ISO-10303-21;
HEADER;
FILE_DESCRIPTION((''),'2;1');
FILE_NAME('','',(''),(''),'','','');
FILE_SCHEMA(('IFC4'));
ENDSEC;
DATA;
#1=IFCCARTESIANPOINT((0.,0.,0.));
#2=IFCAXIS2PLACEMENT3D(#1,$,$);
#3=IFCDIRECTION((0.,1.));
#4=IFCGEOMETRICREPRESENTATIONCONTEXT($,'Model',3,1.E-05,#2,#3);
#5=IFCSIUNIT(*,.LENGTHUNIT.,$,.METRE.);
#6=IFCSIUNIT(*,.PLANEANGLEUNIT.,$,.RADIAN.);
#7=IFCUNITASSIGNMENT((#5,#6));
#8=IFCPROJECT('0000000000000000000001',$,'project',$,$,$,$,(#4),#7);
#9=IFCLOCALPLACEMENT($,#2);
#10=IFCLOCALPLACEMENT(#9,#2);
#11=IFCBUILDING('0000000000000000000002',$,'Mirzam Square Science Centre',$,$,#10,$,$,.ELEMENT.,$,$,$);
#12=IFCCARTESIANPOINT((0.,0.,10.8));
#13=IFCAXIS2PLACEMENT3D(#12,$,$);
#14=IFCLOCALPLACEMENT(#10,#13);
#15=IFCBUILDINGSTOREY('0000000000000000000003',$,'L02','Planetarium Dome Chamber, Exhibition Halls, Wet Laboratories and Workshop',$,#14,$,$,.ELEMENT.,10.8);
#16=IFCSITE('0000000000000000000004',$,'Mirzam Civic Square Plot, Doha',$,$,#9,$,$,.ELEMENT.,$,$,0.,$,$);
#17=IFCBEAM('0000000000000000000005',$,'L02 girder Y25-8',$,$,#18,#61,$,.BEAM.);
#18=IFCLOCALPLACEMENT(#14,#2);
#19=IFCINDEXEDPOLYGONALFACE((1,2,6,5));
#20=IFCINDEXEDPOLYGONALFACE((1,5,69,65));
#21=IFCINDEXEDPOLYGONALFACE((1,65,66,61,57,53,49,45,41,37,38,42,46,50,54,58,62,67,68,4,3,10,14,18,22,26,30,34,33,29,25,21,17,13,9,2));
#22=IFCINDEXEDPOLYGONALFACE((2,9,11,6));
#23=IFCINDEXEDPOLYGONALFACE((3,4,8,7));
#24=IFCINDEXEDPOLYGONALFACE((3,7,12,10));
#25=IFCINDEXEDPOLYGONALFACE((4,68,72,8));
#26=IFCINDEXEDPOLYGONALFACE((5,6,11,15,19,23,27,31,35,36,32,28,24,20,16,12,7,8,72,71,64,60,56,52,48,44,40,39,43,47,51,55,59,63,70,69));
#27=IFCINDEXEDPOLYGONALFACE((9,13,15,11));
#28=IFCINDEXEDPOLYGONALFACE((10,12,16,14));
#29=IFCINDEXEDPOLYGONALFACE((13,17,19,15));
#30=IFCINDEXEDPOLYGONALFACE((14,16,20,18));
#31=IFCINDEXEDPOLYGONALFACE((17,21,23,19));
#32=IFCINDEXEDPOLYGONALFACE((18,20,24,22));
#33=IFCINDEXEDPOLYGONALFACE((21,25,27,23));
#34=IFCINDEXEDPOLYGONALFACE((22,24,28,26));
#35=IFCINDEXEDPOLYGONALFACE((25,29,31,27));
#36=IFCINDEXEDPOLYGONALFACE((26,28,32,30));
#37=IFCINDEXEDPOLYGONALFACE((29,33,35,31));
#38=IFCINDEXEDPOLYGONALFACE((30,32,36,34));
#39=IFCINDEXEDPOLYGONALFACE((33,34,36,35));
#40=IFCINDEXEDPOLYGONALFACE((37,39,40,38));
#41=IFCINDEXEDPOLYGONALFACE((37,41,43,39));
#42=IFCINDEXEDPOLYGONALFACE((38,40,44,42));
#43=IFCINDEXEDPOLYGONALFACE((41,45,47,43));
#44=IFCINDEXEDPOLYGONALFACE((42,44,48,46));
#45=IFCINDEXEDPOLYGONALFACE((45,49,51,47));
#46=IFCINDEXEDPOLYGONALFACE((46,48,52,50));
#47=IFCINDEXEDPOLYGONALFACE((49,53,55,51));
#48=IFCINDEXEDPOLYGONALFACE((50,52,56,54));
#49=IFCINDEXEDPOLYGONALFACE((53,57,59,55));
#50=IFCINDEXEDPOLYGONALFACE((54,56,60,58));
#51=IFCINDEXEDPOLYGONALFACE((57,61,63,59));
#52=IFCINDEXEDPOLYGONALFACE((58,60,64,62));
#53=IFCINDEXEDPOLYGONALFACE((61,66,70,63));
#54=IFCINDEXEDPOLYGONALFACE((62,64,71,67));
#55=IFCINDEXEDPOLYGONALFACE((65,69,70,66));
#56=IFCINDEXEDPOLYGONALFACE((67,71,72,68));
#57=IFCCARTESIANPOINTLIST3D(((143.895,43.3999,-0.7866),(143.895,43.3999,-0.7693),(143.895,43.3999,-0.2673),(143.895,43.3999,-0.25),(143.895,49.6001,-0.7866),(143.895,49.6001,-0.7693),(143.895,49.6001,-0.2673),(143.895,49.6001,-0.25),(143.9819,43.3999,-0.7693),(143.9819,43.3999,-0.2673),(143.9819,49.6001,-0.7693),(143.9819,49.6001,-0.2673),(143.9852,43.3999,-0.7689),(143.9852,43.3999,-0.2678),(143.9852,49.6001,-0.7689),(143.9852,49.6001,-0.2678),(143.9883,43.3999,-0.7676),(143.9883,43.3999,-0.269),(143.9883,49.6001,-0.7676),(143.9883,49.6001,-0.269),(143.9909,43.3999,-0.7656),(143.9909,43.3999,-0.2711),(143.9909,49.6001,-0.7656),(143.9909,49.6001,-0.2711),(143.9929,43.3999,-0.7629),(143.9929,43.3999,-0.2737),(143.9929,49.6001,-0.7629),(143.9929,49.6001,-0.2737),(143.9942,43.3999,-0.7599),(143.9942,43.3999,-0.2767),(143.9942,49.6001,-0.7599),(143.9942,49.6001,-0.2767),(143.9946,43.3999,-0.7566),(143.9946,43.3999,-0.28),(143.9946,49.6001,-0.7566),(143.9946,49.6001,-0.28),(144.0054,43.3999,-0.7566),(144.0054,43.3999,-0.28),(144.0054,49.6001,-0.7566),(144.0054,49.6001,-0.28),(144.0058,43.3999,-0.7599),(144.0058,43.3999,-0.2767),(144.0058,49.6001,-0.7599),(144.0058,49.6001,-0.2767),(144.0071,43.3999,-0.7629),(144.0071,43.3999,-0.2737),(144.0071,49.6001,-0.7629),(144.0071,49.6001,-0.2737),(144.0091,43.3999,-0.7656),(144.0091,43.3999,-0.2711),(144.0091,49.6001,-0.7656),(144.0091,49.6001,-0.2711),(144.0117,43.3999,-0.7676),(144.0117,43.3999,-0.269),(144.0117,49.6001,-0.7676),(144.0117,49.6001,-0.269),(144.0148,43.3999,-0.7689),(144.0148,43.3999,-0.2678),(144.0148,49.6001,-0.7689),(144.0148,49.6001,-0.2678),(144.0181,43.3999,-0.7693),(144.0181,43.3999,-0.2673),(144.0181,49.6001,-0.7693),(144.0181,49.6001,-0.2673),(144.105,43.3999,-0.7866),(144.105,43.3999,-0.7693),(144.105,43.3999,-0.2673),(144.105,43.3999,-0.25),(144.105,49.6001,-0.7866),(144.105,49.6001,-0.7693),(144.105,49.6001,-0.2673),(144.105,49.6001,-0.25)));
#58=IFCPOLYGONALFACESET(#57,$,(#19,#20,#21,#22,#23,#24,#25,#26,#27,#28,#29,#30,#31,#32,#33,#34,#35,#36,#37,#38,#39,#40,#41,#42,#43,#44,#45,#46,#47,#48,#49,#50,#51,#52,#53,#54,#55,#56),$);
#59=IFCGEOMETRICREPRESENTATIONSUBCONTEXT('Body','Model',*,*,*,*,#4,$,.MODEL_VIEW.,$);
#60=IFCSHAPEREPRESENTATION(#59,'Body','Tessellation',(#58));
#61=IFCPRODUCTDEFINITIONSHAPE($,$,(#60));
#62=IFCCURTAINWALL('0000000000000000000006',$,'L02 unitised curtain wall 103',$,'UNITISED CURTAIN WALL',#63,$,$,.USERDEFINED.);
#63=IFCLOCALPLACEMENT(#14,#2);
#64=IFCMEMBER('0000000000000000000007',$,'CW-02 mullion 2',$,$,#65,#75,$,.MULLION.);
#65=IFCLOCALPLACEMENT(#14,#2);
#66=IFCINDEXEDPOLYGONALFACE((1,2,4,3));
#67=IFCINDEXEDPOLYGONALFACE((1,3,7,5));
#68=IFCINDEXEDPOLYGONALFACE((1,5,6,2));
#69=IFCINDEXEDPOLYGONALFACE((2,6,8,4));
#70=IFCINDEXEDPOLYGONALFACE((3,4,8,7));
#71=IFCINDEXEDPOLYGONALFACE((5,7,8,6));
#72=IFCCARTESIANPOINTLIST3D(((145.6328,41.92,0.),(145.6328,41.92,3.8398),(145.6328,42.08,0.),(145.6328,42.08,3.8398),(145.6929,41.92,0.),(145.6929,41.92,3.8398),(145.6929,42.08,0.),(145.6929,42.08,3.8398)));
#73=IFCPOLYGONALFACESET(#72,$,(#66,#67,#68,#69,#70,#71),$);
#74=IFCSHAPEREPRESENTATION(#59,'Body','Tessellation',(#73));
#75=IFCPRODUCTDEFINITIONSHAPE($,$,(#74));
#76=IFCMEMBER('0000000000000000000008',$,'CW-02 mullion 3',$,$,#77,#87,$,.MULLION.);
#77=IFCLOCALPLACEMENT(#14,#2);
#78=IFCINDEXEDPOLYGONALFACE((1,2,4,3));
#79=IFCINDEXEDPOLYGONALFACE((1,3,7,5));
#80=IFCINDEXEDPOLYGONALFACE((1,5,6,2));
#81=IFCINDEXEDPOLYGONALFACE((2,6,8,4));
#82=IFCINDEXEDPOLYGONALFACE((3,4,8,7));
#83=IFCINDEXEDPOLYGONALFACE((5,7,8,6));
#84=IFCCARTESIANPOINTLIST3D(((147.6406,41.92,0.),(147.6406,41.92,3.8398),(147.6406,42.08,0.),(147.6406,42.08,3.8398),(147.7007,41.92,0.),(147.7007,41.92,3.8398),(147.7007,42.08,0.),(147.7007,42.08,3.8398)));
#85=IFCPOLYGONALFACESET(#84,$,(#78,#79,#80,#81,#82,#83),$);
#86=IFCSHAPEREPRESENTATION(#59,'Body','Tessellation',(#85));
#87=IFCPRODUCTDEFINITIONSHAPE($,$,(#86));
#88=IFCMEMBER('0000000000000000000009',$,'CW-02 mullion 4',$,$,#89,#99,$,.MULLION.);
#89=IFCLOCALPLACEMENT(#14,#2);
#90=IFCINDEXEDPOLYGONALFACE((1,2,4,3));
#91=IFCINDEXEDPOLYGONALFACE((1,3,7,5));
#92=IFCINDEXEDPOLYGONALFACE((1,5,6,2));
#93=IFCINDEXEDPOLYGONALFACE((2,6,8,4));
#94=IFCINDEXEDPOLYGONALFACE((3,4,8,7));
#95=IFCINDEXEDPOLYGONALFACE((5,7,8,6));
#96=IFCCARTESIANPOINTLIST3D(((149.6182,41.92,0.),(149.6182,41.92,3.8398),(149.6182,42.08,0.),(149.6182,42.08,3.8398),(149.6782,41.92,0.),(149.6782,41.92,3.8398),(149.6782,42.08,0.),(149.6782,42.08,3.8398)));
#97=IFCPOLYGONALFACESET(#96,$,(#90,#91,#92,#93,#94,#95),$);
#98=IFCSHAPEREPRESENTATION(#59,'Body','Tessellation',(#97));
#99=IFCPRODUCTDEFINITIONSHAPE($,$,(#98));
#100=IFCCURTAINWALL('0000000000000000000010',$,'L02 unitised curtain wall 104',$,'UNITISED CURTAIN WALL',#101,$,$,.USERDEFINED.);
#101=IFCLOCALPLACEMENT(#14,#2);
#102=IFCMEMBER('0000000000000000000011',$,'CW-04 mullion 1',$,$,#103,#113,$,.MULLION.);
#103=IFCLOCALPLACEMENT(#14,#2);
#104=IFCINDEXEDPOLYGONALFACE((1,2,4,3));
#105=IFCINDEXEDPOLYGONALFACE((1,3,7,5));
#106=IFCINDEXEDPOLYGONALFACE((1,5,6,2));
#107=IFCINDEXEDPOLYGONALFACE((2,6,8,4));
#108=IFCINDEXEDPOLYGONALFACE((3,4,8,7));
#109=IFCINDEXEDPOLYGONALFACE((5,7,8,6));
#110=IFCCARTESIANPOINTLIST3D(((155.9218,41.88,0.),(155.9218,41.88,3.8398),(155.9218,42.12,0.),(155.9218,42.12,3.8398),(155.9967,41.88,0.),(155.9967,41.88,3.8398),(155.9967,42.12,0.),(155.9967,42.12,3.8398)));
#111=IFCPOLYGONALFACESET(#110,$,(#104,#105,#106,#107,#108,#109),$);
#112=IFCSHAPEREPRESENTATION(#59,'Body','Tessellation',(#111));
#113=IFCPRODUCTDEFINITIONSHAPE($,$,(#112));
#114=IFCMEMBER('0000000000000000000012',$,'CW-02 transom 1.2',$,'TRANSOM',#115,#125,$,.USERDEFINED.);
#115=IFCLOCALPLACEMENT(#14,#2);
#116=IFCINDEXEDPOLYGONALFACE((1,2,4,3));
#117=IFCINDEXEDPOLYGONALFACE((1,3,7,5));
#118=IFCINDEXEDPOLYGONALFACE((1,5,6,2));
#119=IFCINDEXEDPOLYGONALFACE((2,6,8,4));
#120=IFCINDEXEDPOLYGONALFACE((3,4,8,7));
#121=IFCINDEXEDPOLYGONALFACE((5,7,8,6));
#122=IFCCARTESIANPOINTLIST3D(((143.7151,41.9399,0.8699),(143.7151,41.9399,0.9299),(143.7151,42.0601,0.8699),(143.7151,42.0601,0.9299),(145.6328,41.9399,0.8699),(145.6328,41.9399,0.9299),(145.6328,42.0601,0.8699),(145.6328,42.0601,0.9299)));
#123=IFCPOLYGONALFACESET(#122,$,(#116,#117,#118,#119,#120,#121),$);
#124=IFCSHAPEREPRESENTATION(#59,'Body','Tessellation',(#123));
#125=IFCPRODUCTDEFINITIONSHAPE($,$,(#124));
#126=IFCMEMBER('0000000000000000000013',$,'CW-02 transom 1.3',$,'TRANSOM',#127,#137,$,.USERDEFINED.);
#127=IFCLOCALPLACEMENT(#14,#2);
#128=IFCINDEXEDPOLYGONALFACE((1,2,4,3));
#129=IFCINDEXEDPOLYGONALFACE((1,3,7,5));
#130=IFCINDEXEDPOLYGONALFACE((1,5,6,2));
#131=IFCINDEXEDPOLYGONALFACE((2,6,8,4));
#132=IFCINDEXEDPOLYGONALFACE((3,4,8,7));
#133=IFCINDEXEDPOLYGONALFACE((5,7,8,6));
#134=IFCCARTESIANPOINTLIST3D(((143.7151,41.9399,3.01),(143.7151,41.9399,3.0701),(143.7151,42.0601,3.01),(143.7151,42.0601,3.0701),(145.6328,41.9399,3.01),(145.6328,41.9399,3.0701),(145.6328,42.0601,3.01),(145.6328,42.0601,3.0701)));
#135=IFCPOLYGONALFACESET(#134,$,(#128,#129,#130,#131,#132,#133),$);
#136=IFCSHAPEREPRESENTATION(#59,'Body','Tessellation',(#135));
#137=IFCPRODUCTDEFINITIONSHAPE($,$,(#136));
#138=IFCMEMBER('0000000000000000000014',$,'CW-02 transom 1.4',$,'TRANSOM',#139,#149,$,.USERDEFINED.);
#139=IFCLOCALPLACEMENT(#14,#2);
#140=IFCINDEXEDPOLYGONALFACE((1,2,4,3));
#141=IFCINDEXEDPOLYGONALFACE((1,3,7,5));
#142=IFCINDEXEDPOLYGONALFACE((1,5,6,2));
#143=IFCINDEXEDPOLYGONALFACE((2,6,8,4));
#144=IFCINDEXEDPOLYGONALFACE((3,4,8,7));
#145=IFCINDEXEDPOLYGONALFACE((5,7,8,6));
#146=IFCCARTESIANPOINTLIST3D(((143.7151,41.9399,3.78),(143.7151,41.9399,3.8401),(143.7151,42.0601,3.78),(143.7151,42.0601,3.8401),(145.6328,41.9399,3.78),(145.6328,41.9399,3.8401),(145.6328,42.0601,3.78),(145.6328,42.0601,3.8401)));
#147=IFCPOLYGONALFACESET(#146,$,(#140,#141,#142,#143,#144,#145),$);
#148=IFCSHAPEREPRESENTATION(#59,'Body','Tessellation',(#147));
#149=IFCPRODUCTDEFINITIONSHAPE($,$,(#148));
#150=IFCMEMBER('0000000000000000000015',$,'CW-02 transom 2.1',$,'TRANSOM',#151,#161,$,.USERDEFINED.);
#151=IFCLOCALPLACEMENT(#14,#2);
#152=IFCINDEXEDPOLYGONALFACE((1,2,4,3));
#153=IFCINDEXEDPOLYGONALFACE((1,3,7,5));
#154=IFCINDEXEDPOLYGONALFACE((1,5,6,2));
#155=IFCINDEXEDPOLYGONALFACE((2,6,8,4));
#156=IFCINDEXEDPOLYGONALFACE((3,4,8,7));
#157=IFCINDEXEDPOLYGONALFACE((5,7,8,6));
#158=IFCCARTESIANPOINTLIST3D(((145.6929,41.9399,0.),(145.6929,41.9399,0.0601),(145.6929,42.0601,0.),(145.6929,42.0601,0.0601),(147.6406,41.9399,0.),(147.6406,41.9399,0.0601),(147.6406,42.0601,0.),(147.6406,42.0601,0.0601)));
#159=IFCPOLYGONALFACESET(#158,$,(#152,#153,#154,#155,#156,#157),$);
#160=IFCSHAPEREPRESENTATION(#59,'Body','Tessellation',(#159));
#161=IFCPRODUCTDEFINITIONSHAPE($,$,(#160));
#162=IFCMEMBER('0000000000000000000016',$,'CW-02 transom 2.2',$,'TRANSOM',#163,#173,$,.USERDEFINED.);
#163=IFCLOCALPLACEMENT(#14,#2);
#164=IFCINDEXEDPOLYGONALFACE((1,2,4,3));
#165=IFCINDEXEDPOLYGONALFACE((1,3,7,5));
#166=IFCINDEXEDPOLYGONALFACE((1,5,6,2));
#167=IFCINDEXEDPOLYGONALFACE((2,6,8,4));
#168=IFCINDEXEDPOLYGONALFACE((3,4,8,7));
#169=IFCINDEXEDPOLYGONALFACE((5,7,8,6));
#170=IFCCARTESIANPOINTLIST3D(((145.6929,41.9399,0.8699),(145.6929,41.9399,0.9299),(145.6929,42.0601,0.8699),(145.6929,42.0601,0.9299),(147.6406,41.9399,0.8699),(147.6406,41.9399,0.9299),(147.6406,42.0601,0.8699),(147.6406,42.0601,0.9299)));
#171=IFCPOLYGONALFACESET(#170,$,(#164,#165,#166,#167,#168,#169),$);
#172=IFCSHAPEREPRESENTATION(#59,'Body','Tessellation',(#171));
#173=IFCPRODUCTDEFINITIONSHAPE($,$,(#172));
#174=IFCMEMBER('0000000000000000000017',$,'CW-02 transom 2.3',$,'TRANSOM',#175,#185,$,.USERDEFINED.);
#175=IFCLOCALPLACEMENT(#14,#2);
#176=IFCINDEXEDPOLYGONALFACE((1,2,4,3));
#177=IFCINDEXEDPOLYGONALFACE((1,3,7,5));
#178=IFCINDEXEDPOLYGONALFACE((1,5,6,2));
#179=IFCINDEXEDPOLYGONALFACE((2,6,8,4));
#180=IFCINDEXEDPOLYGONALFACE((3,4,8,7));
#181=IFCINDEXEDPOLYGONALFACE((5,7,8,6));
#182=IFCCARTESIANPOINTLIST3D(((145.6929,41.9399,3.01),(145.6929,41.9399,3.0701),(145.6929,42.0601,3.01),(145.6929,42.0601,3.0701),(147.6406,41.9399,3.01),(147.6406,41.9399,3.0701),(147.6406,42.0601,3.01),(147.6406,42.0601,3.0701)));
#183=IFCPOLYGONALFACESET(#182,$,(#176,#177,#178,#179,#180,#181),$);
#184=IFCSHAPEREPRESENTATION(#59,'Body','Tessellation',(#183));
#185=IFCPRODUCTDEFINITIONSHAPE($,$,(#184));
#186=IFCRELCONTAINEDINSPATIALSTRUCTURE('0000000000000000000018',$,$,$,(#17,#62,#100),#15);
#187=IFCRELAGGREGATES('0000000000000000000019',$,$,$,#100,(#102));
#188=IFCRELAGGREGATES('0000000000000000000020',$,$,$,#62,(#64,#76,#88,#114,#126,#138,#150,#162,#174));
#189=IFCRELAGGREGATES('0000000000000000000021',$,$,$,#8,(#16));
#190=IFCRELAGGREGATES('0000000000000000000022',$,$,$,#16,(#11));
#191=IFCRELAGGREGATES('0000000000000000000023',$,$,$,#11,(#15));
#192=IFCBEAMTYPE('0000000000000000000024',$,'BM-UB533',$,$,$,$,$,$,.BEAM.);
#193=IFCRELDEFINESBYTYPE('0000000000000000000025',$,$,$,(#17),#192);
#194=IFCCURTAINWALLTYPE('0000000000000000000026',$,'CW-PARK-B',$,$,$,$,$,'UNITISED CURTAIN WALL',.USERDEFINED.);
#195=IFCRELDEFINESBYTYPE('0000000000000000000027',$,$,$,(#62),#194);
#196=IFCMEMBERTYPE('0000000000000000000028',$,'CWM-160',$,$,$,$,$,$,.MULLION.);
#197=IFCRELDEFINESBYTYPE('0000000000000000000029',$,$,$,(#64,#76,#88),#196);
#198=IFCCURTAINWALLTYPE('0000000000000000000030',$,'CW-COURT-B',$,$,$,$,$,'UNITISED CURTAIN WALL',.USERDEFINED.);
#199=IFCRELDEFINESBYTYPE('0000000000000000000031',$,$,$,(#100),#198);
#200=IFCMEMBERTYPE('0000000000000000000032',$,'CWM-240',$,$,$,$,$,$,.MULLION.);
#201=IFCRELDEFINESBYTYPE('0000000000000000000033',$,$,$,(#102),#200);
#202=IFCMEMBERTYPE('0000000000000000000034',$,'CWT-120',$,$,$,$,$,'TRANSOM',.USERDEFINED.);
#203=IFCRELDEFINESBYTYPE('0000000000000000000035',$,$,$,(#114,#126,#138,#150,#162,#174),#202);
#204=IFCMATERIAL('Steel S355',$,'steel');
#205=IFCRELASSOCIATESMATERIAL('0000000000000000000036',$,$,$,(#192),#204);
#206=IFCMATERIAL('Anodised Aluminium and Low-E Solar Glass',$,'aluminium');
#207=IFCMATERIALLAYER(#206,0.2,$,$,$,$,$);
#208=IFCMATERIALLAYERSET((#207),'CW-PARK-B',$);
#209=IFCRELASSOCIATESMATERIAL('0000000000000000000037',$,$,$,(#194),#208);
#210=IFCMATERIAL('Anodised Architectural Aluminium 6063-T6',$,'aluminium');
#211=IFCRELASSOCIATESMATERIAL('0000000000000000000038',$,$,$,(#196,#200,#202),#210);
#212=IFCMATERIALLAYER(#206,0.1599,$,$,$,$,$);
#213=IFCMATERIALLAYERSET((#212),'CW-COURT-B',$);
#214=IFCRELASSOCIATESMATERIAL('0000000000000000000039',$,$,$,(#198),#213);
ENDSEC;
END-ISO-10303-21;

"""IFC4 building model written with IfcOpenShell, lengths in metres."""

from ifc_helpers import new_model, si_unit, direction, frame, origin, origin_2d, place, context, subcontext, project, spatial, rectangle, i_section, extrude, material, layer, layer_set, material_profile, profile_set, type_object, element, aggregate, save


model = new_model("IFC4")

# Units and contexts
model_context = context("Model", 3, precision=1e-05, world=origin(), true_north=direction((0.0, 1.0)))
body_context = subcontext(model_context, "Body", "Model", "MODEL_VIEW")
ifc_project = project(units=[si_unit("LENGTHUNIT", "METRE"), si_unit("PLANEANGLEUNIT", "RADIAN")], contexts=[model_context])

# Site, building, storey
site_placement = place(None, origin())
site = spatial("IfcSite", under=ifc_project, at=site_placement, Name="Mirzam Civic Square Plot, Doha", CompositionType="ELEMENT", RefElevation=0.0)
building_placement = place(site_placement, origin())
building = spatial("IfcBuilding", under=site, at=building_placement, Name="Mirzam Square Science Centre", CompositionType="ELEMENT")
storey_placement = place(building_placement, frame((0.0, 0.0, 10.8)))
storey = spatial("IfcBuildingStorey", under=building, at=storey_placement, Name="L02", Description="Planetarium Dome Chamber, Exhibition Halls, Wet Laboratories and Workshop", CompositionType="ELEMENT", Elevation=10.8)

# Shared definitions
ifc_material_1 = material(Name="Steel S355", Category="steel")

# Beam
ifc_material_profile_1 = material_profile(ifc_material_1, i_section(OverallWidth=0.21, OverallDepth=0.5366, WebThickness=0.0107, FlangeThickness=0.0173, FilletRadius=0.0127, at=origin_2d()), Name="533x210x101UB")
ifc_profile_set_1 = profile_set([ifc_material_profile_1], Name="Steel S355")
beam_type_1 = type_object("IfcBeamType", Name="BM-UB533", PredefinedType="BEAM", material=ifc_profile_set_1)
beam_1_placement = place(storey_placement, frame((144.0, 43.3999, -0.5183), z_axis=(0.0, 1.0, 0.0), x_axis=(-1.0, 0.0, 0.0)))
element("IfcBeam", 1, at=beam_1_placement, inside=storey, type_object=beam_type_1, Name="L02 girder Y25-8", PredefinedType="BEAM", context=body_context, shape_type="SweptSolid", body=[
    extrude(i_section(OverallWidth=0.21, OverallDepth=0.5366, WebThickness=0.0107, FlangeThickness=0.0173, FilletRadius=0.0127, at=origin_2d()), origin(), (0.0, 0.0, 1.0), 6.2002),
])

# Curtain wall, members
ifc_material_2 = material(Name="Anodised Aluminium and Low-E Solar Glass", Category="aluminium")
ifc_layer_1 = layer(ifc_material_2, 0.2)
ifc_layer_set_1 = layer_set([ifc_layer_1], Name="CW-PARK-B")
curtain_wall_type_1 = type_object("IfcCurtainWallType", Name="CW-PARK-B", ElementType="UNITISED CURTAIN WALL", PredefinedType="USERDEFINED", material=ifc_layer_set_1)
curtain_wall_1_placement = place(storey_placement, origin())
curtain_wall_1 = element("IfcCurtainWall", 2, at=curtain_wall_1_placement, inside=storey, type_object=curtain_wall_type_1, Name="L02 unitised curtain wall 103", ObjectType="UNITISED CURTAIN WALL", PredefinedType="USERDEFINED")
ifc_material_3 = material(Name="Anodised Architectural Aluminium 6063-T6", Category="aluminium")
ifc_material_profile_2 = material_profile(ifc_material_3, rectangle(XDim=0.0601, YDim=0.1599, at=origin_2d()), Name="ALU-MULL-160x60x4")
ifc_profile_set_2 = profile_set([ifc_material_profile_2], Name="Anodised Architectural Aluminium 6063-T6")
member_type_1 = type_object("IfcMemberType", Name="CWM-160", PredefinedType="MULLION", material=ifc_profile_set_2)
member_1_placement = place(storey_placement, frame((145.6628, 42.0, 0.0), z_axis=(0.0, 0.0, 1.0), x_axis=(1.0, 0.0, 0.0)))
member_1 = element("IfcMember", 3, at=member_1_placement, type_object=member_type_1, Name="CW-02 mullion 2", PredefinedType="MULLION", context=body_context, shape_type="SweptSolid", body=[
    extrude(rectangle(XDim=0.0601, YDim=0.1599, at=origin_2d()), origin(), (0.0, 0.0, 1.0), 3.8398),
])
member_2_placement = place(storey_placement, frame((147.6707, 42.0, 0.0), z_axis=(0.0, 0.0, 1.0), x_axis=(1.0, 0.0, 0.0)))
member_2 = element("IfcMember", 4, at=member_2_placement, type_object=member_type_1, Name="CW-02 mullion 3", PredefinedType="MULLION", context=body_context, shape_type="SweptSolid", body=[
    extrude(rectangle(XDim=0.0601, YDim=0.1599, at=origin_2d()), origin(), (0.0, 0.0, 1.0), 3.8398),
])
member_3_placement = place(storey_placement, frame((149.6482, 42.0, 0.0), z_axis=(0.0, 0.0, 1.0), x_axis=(1.0, 0.0, 0.0)))
member_3 = element("IfcMember", 5, at=member_3_placement, type_object=member_type_1, Name="CW-02 mullion 4", PredefinedType="MULLION", context=body_context, shape_type="SweptSolid", body=[
    extrude(rectangle(XDim=0.0601, YDim=0.1599, at=origin_2d()), origin(), (0.0, 0.0, 1.0), 3.8398),
])

# Curtain wall, member
ifc_layer_2 = layer(ifc_material_2, 0.1599)
ifc_layer_set_2 = layer_set([ifc_layer_2], Name="CW-COURT-B")
curtain_wall_type_2 = type_object("IfcCurtainWallType", Name="CW-COURT-B", ElementType="UNITISED CURTAIN WALL", PredefinedType="USERDEFINED", material=ifc_layer_set_2)
curtain_wall_2_placement = place(storey_placement, origin())
curtain_wall_2 = element("IfcCurtainWall", 6, at=curtain_wall_2_placement, inside=storey, type_object=curtain_wall_type_2, Name="L02 unitised curtain wall 104", ObjectType="UNITISED CURTAIN WALL", PredefinedType="USERDEFINED")
ifc_material_profile_3 = material_profile(ifc_material_3, rectangle(XDim=0.075, YDim=0.24, at=origin_2d()), Name="ALU-MULL-240x75x5")
ifc_profile_set_3 = profile_set([ifc_material_profile_3], Name="Anodised Architectural Aluminium 6063-T6")
member_type_2 = type_object("IfcMemberType", Name="CWM-240", PredefinedType="MULLION", material=ifc_profile_set_3)
member_4_placement = place(storey_placement, frame((155.9592, 42.0, 0.0), z_axis=(0.0, 0.0, 1.0), x_axis=(1.0, 0.0, 0.0)))
member_4 = element("IfcMember", 7, at=member_4_placement, type_object=member_type_2, Name="CW-04 mullion 1", PredefinedType="MULLION", context=body_context, shape_type="SweptSolid", body=[
    extrude(rectangle(XDim=0.075, YDim=0.24, at=origin_2d()), origin(), (0.0, 0.0, 1.0), 3.8398),
])

# Members
ifc_material_profile_4 = material_profile(ifc_material_3, rectangle(XDim=0.1201, YDim=0.0601, at=origin_2d()), Name="ALU-TRAN-120x60x4")
ifc_profile_set_4 = profile_set([ifc_material_profile_4], Name="Anodised Architectural Aluminium 6063-T6")
member_type_3 = type_object("IfcMemberType", Name="CWT-120", ElementType="TRANSOM", PredefinedType="USERDEFINED", material=ifc_profile_set_4)
member_5_placement = place(storey_placement, frame((143.7151, 42.0, 0.8999), z_axis=(1.0, 0.0, 0.0), x_axis=(0.0, 1.0, 0.0)))
member_5 = element("IfcMember", 8, at=member_5_placement, type_object=member_type_3, Name="CW-02 transom 1.2", ObjectType="TRANSOM", PredefinedType="USERDEFINED", context=body_context, shape_type="SweptSolid", body=[
    extrude(rectangle(XDim=0.1201, YDim=0.0601, at=origin_2d()), origin(), (0.0, 0.0, 1.0), 1.9177),
])
member_6_placement = place(storey_placement, frame((143.7151, 42.0, 3.04), z_axis=(1.0, 0.0, 0.0), x_axis=(0.0, 1.0, 0.0)))
member_6 = element("IfcMember", 9, at=member_6_placement, type_object=member_type_3, Name="CW-02 transom 1.3", ObjectType="TRANSOM", PredefinedType="USERDEFINED", context=body_context, shape_type="SweptSolid", body=[
    extrude(rectangle(XDim=0.1201, YDim=0.0601, at=origin_2d()), origin(), (0.0, 0.0, 1.0), 1.9177),
])
member_7_placement = place(storey_placement, frame((143.7151, 42.0, 3.8101), z_axis=(1.0, 0.0, 0.0), x_axis=(0.0, 1.0, 0.0)))
member_7 = element("IfcMember", 10, at=member_7_placement, type_object=member_type_3, Name="CW-02 transom 1.4", ObjectType="TRANSOM", PredefinedType="USERDEFINED", context=body_context, shape_type="SweptSolid", body=[
    extrude(rectangle(XDim=0.1201, YDim=0.0601, at=origin_2d()), origin(), (0.0, 0.0, 1.0), 1.9177),
])
member_8_placement = place(storey_placement, frame((145.6929, 42.0, 0.03), z_axis=(1.0, 0.0, 0.0), x_axis=(0.0, 1.0, 0.0)))
member_8 = element("IfcMember", 11, at=member_8_placement, type_object=member_type_3, Name="CW-02 transom 2.1", ObjectType="TRANSOM", PredefinedType="USERDEFINED", context=body_context, shape_type="SweptSolid", body=[
    extrude(rectangle(XDim=0.1201, YDim=0.0601, at=origin_2d()), origin(), (0.0, 0.0, 1.0), 1.9478),
])
member_9_placement = place(storey_placement, frame((145.6929, 42.0, 0.8999), z_axis=(1.0, 0.0, 0.0), x_axis=(0.0, 1.0, 0.0)))
member_9 = element("IfcMember", 12, at=member_9_placement, type_object=member_type_3, Name="CW-02 transom 2.2", ObjectType="TRANSOM", PredefinedType="USERDEFINED", context=body_context, shape_type="SweptSolid", body=[
    extrude(rectangle(XDim=0.1201, YDim=0.0601, at=origin_2d()), origin(), (0.0, 0.0, 1.0), 1.9478),
])
member_10_placement = place(storey_placement, frame((145.6929, 42.0, 3.04), z_axis=(1.0, 0.0, 0.0), x_axis=(0.0, 1.0, 0.0)))
member_10 = element("IfcMember", 13, at=member_10_placement, type_object=member_type_3, Name="CW-02 transom 2.3", ObjectType="TRANSOM", PredefinedType="USERDEFINED", context=body_context, shape_type="SweptSolid", body=[
    extrude(rectangle(XDim=0.1201, YDim=0.0601, at=origin_2d()), origin(), (0.0, 0.0, 1.0), 1.9478),
])
aggregate(curtain_wall_2, [member_4])

aggregate(curtain_wall_1, [member_1, member_2, member_3, member_5, member_6, member_7, member_8, member_9, member_10])

save(model, "model.ifc")
